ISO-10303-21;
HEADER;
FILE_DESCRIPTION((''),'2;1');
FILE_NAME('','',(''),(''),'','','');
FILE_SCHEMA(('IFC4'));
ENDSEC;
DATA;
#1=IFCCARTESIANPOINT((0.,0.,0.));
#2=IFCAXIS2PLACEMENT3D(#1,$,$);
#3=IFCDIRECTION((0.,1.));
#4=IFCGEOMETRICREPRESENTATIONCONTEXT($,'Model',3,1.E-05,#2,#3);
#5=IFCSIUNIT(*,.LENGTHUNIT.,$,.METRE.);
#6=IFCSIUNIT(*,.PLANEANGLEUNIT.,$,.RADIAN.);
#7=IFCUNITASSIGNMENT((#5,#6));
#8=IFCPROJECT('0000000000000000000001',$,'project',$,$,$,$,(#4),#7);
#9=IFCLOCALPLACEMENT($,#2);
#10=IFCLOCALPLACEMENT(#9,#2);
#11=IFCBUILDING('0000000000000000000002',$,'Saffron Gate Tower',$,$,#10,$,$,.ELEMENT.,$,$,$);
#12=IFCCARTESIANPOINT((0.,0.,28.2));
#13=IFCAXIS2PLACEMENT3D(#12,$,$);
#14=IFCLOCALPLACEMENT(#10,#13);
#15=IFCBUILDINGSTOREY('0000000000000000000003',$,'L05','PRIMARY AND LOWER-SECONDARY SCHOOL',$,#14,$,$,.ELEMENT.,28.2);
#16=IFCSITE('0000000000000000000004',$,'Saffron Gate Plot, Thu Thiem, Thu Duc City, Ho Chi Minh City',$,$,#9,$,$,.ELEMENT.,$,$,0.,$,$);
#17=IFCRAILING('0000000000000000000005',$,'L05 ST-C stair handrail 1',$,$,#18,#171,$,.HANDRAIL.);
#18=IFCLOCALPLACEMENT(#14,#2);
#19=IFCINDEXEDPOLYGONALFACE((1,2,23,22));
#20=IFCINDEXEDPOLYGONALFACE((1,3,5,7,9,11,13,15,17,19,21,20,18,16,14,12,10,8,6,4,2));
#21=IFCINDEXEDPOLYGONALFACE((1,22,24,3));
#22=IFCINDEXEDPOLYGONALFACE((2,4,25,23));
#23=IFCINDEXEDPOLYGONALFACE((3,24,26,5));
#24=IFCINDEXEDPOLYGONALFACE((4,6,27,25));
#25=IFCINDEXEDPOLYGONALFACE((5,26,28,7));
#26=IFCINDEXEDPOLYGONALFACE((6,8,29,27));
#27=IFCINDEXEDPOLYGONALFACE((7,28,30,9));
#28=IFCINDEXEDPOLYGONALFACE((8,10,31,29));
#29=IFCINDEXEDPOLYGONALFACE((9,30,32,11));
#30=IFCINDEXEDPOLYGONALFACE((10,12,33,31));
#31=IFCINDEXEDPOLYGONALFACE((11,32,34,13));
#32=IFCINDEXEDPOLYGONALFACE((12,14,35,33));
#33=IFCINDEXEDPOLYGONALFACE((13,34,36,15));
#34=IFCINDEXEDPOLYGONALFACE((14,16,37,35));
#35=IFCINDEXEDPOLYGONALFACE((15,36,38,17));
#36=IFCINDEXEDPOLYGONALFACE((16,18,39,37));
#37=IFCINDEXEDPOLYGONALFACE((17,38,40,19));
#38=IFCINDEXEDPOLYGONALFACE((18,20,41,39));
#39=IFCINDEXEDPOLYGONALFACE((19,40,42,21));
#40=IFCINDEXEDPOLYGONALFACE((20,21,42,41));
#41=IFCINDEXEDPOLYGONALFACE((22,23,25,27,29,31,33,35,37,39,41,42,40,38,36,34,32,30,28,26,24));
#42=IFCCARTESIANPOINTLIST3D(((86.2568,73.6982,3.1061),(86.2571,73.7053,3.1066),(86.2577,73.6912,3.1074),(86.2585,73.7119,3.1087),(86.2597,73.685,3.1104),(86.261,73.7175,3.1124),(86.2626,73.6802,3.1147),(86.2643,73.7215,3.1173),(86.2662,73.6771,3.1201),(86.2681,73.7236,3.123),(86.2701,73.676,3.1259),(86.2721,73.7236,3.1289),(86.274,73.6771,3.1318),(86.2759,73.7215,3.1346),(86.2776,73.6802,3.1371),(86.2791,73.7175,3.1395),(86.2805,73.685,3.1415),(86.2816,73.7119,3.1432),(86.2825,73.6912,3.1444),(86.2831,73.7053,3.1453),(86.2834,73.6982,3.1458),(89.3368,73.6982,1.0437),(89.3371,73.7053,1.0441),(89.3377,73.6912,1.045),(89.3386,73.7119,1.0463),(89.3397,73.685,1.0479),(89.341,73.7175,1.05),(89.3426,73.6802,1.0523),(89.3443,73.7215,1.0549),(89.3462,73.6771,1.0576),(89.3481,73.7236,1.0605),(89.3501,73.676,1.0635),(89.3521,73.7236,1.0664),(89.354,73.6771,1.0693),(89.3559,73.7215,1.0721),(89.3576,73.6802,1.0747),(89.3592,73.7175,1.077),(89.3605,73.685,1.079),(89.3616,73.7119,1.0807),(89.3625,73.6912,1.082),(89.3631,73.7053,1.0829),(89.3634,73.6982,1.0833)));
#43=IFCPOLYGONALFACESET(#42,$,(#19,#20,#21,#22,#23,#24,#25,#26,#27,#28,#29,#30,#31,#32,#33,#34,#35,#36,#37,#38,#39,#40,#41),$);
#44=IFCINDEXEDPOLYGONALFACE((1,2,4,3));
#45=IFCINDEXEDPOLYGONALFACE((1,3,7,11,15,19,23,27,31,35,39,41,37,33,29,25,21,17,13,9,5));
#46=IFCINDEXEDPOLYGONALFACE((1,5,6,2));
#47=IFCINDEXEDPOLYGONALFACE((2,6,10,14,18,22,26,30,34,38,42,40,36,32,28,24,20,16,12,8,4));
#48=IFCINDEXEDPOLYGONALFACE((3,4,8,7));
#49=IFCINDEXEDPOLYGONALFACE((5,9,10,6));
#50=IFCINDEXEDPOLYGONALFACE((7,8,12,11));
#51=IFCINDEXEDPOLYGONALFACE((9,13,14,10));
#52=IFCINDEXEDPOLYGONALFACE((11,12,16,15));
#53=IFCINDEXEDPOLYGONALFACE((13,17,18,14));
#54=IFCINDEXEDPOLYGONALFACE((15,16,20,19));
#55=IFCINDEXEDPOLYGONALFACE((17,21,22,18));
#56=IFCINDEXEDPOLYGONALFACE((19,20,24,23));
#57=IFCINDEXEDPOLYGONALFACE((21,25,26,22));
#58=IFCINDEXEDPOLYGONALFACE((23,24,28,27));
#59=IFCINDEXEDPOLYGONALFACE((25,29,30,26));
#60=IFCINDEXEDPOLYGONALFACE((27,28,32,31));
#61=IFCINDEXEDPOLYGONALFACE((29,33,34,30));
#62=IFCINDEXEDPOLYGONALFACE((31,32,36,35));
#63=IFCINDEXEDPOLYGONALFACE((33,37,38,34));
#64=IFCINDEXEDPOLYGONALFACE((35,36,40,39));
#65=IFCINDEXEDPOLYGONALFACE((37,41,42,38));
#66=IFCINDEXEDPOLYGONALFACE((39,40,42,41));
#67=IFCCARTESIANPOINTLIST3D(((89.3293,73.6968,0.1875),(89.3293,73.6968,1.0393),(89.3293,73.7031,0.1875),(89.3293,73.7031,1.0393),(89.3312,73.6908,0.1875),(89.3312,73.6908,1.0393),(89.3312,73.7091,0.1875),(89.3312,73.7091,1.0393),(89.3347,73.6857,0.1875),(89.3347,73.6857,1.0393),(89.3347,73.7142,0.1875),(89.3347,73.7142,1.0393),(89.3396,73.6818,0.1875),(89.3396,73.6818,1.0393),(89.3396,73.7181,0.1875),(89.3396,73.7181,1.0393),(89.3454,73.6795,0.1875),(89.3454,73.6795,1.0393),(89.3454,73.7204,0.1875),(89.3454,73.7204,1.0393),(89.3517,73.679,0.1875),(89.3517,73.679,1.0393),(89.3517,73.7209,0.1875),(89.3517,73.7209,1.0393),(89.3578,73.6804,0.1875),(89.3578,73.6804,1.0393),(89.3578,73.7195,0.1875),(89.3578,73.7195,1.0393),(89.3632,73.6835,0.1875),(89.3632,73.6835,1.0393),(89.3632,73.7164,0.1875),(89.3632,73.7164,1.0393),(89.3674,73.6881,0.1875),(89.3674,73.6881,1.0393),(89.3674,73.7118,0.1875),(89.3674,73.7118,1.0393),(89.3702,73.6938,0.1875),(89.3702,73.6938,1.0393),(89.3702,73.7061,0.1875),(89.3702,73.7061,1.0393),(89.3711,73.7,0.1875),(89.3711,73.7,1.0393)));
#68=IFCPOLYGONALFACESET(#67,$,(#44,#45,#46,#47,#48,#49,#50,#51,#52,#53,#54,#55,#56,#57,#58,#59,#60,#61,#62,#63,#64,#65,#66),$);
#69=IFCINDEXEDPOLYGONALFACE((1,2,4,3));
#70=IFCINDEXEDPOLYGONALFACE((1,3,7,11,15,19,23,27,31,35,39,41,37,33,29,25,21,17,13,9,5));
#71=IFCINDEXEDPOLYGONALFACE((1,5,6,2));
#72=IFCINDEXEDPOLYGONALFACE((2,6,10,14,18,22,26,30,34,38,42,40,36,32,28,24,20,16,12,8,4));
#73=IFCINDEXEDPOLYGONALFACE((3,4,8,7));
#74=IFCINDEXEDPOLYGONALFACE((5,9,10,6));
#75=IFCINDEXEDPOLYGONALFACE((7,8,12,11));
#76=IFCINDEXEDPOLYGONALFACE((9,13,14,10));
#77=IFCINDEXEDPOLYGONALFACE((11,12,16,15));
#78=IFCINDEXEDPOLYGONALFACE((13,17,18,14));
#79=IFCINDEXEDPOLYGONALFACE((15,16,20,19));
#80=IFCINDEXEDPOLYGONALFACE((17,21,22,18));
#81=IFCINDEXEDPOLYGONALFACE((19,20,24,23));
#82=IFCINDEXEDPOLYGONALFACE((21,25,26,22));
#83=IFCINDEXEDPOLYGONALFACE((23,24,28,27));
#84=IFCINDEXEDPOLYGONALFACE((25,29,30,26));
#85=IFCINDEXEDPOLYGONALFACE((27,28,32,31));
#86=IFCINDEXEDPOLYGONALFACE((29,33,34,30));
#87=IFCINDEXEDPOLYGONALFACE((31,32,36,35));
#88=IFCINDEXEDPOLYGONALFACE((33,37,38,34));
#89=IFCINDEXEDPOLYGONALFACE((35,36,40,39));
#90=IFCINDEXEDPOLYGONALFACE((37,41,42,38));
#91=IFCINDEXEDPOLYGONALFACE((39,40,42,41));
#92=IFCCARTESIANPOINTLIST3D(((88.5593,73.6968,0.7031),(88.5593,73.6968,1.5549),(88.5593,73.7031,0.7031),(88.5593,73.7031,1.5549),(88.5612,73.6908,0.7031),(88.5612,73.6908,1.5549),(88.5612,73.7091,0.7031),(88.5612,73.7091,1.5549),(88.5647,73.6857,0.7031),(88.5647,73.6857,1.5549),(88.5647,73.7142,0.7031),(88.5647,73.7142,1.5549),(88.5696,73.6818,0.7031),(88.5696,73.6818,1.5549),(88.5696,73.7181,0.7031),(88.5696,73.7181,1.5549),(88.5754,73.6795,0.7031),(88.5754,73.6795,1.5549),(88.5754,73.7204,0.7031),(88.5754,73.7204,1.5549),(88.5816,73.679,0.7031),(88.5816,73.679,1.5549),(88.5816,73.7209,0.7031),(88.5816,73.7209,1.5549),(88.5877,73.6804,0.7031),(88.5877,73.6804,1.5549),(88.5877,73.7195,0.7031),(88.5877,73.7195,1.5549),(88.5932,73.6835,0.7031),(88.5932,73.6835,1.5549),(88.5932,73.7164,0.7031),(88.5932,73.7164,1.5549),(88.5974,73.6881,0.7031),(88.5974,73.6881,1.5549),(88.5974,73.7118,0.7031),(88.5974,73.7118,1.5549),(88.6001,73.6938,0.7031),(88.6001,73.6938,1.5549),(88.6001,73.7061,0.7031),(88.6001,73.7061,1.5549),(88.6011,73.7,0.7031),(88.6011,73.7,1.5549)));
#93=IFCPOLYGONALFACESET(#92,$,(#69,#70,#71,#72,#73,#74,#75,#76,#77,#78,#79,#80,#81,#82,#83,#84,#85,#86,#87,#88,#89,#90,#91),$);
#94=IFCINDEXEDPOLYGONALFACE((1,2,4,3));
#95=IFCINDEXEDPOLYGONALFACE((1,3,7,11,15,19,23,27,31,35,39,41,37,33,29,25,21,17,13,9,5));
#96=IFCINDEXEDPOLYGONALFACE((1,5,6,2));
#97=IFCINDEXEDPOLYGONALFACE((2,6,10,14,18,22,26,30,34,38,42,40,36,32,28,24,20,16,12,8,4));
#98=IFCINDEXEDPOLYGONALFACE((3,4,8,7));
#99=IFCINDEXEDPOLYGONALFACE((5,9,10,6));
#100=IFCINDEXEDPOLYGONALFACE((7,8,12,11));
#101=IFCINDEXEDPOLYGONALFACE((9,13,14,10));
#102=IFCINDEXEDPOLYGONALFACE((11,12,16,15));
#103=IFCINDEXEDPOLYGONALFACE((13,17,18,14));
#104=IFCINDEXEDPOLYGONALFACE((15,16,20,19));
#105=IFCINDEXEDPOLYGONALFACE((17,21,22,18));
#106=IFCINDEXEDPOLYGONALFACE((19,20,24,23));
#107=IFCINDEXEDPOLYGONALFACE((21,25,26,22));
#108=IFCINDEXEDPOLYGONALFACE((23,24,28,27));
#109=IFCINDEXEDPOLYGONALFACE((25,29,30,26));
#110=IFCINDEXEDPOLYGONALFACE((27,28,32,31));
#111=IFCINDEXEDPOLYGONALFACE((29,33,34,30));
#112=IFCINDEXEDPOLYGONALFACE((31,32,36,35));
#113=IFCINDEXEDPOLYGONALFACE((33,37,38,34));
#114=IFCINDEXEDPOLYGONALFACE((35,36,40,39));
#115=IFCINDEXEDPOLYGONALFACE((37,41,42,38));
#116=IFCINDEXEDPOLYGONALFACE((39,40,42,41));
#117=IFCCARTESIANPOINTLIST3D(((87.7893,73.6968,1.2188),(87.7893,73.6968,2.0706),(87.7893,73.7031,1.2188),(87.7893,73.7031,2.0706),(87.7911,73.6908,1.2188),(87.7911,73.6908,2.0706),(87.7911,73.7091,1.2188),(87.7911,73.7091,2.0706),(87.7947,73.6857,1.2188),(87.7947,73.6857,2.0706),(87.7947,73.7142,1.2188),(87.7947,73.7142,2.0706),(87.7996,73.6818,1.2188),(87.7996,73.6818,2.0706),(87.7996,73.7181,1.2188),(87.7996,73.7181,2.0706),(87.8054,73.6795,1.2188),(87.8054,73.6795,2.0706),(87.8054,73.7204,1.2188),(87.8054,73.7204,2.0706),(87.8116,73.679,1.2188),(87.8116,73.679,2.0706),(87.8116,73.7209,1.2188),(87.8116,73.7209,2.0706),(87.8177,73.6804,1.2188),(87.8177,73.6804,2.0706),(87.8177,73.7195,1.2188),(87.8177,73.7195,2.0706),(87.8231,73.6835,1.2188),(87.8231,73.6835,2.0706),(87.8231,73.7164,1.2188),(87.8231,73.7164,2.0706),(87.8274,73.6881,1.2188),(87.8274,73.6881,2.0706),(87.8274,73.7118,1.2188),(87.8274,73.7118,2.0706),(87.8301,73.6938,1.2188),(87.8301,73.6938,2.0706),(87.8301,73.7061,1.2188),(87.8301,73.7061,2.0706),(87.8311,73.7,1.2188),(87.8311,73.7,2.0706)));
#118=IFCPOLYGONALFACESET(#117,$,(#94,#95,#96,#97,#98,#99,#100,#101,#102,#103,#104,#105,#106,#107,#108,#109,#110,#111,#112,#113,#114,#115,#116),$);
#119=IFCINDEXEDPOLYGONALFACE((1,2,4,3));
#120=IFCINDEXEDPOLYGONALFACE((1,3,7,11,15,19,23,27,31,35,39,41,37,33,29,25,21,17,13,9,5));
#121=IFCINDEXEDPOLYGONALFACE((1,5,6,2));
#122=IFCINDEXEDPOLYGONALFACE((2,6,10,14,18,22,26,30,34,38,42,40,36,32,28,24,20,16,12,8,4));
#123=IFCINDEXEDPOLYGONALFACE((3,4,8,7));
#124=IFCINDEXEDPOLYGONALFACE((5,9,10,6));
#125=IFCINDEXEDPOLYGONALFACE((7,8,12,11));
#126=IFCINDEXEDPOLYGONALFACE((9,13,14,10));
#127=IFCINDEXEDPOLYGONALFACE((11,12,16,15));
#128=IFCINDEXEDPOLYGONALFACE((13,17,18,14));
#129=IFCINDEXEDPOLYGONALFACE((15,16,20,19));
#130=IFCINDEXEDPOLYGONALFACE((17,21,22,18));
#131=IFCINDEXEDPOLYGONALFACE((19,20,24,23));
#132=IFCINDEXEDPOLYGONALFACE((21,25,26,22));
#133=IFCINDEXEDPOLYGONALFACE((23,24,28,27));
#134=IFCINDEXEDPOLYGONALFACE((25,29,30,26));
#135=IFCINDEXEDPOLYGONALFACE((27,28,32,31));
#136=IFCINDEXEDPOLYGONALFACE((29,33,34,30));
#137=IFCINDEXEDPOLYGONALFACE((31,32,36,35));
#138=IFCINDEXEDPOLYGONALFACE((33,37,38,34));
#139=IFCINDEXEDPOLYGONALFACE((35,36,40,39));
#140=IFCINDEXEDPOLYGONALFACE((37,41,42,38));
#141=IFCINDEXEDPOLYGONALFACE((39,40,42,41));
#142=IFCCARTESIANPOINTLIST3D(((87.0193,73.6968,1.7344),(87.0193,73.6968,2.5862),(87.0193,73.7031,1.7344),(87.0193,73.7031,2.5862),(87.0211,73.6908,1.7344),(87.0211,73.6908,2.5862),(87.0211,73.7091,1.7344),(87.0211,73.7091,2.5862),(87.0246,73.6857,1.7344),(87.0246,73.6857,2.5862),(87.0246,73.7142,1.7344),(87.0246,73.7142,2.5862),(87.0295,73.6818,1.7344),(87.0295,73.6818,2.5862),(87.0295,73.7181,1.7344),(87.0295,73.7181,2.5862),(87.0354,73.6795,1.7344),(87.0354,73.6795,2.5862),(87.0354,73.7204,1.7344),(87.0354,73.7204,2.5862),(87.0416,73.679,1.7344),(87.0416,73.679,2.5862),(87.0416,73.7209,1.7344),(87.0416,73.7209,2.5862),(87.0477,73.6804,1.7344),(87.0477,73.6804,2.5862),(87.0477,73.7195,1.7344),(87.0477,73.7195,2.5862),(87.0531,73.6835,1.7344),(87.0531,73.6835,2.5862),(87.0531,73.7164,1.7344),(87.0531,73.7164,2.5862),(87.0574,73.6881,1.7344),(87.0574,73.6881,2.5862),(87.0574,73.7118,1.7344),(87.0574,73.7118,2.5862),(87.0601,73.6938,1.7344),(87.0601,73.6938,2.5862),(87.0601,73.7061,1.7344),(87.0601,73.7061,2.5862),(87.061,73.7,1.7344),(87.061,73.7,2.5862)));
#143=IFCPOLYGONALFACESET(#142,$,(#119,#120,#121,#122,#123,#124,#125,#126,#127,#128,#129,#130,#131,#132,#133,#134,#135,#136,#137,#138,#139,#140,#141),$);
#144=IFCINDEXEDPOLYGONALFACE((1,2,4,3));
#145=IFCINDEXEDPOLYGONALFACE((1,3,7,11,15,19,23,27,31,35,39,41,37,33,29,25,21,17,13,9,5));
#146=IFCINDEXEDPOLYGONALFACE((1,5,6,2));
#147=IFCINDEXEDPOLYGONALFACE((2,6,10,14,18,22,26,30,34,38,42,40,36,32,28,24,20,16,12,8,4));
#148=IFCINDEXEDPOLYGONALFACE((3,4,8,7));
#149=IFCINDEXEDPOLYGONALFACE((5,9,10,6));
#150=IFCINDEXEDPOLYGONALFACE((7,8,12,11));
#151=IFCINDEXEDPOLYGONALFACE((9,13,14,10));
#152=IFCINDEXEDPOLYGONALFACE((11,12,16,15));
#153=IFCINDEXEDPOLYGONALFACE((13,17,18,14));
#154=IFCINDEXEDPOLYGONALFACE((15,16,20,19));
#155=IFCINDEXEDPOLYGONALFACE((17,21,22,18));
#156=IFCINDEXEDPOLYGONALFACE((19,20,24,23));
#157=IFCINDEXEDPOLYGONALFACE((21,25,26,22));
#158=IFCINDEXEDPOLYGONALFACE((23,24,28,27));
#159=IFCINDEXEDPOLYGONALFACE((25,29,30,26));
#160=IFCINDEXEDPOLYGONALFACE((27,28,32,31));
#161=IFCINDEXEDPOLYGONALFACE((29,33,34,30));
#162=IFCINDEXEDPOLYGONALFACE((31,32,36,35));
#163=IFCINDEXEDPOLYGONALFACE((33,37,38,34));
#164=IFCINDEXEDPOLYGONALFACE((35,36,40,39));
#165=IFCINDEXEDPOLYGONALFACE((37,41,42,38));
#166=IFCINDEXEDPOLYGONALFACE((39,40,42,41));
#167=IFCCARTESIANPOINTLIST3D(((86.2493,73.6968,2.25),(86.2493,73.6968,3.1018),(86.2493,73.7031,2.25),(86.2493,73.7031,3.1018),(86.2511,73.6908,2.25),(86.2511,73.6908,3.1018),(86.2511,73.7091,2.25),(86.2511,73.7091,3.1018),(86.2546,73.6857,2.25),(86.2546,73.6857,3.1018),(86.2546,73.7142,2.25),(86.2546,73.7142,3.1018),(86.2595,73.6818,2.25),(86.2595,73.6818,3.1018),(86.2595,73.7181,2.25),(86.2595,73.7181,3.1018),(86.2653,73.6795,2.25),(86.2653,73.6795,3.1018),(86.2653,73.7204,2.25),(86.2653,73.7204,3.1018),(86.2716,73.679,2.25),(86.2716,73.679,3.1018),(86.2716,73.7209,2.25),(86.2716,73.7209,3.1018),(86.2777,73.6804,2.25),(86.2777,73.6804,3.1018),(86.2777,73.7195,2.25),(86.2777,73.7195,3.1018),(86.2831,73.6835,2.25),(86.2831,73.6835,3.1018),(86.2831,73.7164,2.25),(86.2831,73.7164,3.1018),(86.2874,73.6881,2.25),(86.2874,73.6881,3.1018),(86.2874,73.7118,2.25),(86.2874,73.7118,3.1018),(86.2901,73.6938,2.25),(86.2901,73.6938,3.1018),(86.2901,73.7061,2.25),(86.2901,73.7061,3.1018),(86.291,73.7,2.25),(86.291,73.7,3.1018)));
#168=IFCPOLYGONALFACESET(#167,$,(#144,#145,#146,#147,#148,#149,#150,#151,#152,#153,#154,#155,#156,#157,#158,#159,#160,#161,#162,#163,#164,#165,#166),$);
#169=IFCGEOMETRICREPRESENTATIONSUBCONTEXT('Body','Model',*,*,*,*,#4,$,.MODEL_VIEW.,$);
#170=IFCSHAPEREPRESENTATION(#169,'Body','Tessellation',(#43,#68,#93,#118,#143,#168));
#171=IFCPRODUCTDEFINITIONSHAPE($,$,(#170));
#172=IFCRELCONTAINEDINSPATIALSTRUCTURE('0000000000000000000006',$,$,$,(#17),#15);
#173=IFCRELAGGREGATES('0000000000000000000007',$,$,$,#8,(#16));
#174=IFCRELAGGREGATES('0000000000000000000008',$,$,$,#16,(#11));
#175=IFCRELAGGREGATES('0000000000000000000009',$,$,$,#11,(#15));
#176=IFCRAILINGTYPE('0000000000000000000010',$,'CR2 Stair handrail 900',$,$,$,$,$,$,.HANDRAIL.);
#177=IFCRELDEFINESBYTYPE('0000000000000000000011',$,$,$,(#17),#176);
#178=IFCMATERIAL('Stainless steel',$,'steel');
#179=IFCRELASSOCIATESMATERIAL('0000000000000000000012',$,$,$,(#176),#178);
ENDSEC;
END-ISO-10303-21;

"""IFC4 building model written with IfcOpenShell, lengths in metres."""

from ifc_helpers import new_model, si_unit, direction, frame, origin, origin_2d, place, context, subcontext, project, spatial, circle, extrude, material, type_object, element, save


model = new_model("IFC4")

# Units and contexts
model_context = context("Model", 3, precision=1e-05, world=origin(), true_north=direction((0.0, 1.0)))
body_context = subcontext(model_context, "Body", "Model", "MODEL_VIEW")
ifc_project = project(units=[si_unit("LENGTHUNIT", "METRE"), si_unit("PLANEANGLEUNIT", "RADIAN")], contexts=[model_context])

# Site, building, storey
site_placement = place(None, origin())
site = spatial("IfcSite", under=ifc_project, at=site_placement, Name="Saffron Gate Plot, Thu Thiem, Thu Duc City, Ho Chi Minh City", CompositionType="ELEMENT", RefElevation=0.0)
building_placement = place(site_placement, origin())
building = spatial("IfcBuilding", under=site, at=building_placement, Name="Saffron Gate Tower", CompositionType="ELEMENT")
storey_placement = place(building_placement, frame((0.0, 0.0, 28.2)))
storey = spatial("IfcBuildingStorey", under=building, at=storey_placement, Name="L05", Description="PRIMARY AND LOWER-SECONDARY SCHOOL", CompositionType="ELEMENT", Elevation=28.2)

# Railing
ifc_material_1 = material(Name="Stainless steel", Category="steel")
railing_type_1 = type_object("IfcRailingType", Name="CR2 Stair handrail 900", PredefinedType="HANDRAIL", material=ifc_material_1)
railing_1_placement = place(storey_placement, frame((89.3501, 73.7, 0.1875)))
element("IfcRailing", 1, at=railing_1_placement, inside=storey, type_object=railing_type_1, Name="L05 ST-C stair handrail 1", PredefinedType="HANDRAIL", context=body_context, shape_type="SweptSolid", body=[
    extrude(circle(Radius=0.0239, at=origin_2d()), frame((0.0, 0.0, 0.876), z_axis=(-0.830914, 0.0, 0.556401), x_axis=(0.0, -1.0, 0.0)), (0.0, 0.0, 1.0), 3.7068),
    extrude(circle(Radius=0.021, at=origin_2d()), origin(), (0.0, 0.0, 1.0), 0.8518),
    extrude(circle(Radius=0.021, at=origin_2d()), frame((-0.77, 0.0, 0.5156)), (0.0, 0.0, 1.0), 0.8518),
    extrude(circle(Radius=0.021, at=origin_2d()), frame((-1.54, 0.0, 1.0312)), (0.0, 0.0, 1.0), 0.8518),
    extrude(circle(Radius=0.021, at=origin_2d()), frame((-2.3101, 0.0, 1.5469)), (0.0, 0.0, 1.0), 0.8518),
    extrude(circle(Radius=0.021, at=origin_2d()), frame((-3.0801, 0.0, 2.0625)), (0.0, 0.0, 1.0), 0.8518),
])

save(model, "model.ifc")
